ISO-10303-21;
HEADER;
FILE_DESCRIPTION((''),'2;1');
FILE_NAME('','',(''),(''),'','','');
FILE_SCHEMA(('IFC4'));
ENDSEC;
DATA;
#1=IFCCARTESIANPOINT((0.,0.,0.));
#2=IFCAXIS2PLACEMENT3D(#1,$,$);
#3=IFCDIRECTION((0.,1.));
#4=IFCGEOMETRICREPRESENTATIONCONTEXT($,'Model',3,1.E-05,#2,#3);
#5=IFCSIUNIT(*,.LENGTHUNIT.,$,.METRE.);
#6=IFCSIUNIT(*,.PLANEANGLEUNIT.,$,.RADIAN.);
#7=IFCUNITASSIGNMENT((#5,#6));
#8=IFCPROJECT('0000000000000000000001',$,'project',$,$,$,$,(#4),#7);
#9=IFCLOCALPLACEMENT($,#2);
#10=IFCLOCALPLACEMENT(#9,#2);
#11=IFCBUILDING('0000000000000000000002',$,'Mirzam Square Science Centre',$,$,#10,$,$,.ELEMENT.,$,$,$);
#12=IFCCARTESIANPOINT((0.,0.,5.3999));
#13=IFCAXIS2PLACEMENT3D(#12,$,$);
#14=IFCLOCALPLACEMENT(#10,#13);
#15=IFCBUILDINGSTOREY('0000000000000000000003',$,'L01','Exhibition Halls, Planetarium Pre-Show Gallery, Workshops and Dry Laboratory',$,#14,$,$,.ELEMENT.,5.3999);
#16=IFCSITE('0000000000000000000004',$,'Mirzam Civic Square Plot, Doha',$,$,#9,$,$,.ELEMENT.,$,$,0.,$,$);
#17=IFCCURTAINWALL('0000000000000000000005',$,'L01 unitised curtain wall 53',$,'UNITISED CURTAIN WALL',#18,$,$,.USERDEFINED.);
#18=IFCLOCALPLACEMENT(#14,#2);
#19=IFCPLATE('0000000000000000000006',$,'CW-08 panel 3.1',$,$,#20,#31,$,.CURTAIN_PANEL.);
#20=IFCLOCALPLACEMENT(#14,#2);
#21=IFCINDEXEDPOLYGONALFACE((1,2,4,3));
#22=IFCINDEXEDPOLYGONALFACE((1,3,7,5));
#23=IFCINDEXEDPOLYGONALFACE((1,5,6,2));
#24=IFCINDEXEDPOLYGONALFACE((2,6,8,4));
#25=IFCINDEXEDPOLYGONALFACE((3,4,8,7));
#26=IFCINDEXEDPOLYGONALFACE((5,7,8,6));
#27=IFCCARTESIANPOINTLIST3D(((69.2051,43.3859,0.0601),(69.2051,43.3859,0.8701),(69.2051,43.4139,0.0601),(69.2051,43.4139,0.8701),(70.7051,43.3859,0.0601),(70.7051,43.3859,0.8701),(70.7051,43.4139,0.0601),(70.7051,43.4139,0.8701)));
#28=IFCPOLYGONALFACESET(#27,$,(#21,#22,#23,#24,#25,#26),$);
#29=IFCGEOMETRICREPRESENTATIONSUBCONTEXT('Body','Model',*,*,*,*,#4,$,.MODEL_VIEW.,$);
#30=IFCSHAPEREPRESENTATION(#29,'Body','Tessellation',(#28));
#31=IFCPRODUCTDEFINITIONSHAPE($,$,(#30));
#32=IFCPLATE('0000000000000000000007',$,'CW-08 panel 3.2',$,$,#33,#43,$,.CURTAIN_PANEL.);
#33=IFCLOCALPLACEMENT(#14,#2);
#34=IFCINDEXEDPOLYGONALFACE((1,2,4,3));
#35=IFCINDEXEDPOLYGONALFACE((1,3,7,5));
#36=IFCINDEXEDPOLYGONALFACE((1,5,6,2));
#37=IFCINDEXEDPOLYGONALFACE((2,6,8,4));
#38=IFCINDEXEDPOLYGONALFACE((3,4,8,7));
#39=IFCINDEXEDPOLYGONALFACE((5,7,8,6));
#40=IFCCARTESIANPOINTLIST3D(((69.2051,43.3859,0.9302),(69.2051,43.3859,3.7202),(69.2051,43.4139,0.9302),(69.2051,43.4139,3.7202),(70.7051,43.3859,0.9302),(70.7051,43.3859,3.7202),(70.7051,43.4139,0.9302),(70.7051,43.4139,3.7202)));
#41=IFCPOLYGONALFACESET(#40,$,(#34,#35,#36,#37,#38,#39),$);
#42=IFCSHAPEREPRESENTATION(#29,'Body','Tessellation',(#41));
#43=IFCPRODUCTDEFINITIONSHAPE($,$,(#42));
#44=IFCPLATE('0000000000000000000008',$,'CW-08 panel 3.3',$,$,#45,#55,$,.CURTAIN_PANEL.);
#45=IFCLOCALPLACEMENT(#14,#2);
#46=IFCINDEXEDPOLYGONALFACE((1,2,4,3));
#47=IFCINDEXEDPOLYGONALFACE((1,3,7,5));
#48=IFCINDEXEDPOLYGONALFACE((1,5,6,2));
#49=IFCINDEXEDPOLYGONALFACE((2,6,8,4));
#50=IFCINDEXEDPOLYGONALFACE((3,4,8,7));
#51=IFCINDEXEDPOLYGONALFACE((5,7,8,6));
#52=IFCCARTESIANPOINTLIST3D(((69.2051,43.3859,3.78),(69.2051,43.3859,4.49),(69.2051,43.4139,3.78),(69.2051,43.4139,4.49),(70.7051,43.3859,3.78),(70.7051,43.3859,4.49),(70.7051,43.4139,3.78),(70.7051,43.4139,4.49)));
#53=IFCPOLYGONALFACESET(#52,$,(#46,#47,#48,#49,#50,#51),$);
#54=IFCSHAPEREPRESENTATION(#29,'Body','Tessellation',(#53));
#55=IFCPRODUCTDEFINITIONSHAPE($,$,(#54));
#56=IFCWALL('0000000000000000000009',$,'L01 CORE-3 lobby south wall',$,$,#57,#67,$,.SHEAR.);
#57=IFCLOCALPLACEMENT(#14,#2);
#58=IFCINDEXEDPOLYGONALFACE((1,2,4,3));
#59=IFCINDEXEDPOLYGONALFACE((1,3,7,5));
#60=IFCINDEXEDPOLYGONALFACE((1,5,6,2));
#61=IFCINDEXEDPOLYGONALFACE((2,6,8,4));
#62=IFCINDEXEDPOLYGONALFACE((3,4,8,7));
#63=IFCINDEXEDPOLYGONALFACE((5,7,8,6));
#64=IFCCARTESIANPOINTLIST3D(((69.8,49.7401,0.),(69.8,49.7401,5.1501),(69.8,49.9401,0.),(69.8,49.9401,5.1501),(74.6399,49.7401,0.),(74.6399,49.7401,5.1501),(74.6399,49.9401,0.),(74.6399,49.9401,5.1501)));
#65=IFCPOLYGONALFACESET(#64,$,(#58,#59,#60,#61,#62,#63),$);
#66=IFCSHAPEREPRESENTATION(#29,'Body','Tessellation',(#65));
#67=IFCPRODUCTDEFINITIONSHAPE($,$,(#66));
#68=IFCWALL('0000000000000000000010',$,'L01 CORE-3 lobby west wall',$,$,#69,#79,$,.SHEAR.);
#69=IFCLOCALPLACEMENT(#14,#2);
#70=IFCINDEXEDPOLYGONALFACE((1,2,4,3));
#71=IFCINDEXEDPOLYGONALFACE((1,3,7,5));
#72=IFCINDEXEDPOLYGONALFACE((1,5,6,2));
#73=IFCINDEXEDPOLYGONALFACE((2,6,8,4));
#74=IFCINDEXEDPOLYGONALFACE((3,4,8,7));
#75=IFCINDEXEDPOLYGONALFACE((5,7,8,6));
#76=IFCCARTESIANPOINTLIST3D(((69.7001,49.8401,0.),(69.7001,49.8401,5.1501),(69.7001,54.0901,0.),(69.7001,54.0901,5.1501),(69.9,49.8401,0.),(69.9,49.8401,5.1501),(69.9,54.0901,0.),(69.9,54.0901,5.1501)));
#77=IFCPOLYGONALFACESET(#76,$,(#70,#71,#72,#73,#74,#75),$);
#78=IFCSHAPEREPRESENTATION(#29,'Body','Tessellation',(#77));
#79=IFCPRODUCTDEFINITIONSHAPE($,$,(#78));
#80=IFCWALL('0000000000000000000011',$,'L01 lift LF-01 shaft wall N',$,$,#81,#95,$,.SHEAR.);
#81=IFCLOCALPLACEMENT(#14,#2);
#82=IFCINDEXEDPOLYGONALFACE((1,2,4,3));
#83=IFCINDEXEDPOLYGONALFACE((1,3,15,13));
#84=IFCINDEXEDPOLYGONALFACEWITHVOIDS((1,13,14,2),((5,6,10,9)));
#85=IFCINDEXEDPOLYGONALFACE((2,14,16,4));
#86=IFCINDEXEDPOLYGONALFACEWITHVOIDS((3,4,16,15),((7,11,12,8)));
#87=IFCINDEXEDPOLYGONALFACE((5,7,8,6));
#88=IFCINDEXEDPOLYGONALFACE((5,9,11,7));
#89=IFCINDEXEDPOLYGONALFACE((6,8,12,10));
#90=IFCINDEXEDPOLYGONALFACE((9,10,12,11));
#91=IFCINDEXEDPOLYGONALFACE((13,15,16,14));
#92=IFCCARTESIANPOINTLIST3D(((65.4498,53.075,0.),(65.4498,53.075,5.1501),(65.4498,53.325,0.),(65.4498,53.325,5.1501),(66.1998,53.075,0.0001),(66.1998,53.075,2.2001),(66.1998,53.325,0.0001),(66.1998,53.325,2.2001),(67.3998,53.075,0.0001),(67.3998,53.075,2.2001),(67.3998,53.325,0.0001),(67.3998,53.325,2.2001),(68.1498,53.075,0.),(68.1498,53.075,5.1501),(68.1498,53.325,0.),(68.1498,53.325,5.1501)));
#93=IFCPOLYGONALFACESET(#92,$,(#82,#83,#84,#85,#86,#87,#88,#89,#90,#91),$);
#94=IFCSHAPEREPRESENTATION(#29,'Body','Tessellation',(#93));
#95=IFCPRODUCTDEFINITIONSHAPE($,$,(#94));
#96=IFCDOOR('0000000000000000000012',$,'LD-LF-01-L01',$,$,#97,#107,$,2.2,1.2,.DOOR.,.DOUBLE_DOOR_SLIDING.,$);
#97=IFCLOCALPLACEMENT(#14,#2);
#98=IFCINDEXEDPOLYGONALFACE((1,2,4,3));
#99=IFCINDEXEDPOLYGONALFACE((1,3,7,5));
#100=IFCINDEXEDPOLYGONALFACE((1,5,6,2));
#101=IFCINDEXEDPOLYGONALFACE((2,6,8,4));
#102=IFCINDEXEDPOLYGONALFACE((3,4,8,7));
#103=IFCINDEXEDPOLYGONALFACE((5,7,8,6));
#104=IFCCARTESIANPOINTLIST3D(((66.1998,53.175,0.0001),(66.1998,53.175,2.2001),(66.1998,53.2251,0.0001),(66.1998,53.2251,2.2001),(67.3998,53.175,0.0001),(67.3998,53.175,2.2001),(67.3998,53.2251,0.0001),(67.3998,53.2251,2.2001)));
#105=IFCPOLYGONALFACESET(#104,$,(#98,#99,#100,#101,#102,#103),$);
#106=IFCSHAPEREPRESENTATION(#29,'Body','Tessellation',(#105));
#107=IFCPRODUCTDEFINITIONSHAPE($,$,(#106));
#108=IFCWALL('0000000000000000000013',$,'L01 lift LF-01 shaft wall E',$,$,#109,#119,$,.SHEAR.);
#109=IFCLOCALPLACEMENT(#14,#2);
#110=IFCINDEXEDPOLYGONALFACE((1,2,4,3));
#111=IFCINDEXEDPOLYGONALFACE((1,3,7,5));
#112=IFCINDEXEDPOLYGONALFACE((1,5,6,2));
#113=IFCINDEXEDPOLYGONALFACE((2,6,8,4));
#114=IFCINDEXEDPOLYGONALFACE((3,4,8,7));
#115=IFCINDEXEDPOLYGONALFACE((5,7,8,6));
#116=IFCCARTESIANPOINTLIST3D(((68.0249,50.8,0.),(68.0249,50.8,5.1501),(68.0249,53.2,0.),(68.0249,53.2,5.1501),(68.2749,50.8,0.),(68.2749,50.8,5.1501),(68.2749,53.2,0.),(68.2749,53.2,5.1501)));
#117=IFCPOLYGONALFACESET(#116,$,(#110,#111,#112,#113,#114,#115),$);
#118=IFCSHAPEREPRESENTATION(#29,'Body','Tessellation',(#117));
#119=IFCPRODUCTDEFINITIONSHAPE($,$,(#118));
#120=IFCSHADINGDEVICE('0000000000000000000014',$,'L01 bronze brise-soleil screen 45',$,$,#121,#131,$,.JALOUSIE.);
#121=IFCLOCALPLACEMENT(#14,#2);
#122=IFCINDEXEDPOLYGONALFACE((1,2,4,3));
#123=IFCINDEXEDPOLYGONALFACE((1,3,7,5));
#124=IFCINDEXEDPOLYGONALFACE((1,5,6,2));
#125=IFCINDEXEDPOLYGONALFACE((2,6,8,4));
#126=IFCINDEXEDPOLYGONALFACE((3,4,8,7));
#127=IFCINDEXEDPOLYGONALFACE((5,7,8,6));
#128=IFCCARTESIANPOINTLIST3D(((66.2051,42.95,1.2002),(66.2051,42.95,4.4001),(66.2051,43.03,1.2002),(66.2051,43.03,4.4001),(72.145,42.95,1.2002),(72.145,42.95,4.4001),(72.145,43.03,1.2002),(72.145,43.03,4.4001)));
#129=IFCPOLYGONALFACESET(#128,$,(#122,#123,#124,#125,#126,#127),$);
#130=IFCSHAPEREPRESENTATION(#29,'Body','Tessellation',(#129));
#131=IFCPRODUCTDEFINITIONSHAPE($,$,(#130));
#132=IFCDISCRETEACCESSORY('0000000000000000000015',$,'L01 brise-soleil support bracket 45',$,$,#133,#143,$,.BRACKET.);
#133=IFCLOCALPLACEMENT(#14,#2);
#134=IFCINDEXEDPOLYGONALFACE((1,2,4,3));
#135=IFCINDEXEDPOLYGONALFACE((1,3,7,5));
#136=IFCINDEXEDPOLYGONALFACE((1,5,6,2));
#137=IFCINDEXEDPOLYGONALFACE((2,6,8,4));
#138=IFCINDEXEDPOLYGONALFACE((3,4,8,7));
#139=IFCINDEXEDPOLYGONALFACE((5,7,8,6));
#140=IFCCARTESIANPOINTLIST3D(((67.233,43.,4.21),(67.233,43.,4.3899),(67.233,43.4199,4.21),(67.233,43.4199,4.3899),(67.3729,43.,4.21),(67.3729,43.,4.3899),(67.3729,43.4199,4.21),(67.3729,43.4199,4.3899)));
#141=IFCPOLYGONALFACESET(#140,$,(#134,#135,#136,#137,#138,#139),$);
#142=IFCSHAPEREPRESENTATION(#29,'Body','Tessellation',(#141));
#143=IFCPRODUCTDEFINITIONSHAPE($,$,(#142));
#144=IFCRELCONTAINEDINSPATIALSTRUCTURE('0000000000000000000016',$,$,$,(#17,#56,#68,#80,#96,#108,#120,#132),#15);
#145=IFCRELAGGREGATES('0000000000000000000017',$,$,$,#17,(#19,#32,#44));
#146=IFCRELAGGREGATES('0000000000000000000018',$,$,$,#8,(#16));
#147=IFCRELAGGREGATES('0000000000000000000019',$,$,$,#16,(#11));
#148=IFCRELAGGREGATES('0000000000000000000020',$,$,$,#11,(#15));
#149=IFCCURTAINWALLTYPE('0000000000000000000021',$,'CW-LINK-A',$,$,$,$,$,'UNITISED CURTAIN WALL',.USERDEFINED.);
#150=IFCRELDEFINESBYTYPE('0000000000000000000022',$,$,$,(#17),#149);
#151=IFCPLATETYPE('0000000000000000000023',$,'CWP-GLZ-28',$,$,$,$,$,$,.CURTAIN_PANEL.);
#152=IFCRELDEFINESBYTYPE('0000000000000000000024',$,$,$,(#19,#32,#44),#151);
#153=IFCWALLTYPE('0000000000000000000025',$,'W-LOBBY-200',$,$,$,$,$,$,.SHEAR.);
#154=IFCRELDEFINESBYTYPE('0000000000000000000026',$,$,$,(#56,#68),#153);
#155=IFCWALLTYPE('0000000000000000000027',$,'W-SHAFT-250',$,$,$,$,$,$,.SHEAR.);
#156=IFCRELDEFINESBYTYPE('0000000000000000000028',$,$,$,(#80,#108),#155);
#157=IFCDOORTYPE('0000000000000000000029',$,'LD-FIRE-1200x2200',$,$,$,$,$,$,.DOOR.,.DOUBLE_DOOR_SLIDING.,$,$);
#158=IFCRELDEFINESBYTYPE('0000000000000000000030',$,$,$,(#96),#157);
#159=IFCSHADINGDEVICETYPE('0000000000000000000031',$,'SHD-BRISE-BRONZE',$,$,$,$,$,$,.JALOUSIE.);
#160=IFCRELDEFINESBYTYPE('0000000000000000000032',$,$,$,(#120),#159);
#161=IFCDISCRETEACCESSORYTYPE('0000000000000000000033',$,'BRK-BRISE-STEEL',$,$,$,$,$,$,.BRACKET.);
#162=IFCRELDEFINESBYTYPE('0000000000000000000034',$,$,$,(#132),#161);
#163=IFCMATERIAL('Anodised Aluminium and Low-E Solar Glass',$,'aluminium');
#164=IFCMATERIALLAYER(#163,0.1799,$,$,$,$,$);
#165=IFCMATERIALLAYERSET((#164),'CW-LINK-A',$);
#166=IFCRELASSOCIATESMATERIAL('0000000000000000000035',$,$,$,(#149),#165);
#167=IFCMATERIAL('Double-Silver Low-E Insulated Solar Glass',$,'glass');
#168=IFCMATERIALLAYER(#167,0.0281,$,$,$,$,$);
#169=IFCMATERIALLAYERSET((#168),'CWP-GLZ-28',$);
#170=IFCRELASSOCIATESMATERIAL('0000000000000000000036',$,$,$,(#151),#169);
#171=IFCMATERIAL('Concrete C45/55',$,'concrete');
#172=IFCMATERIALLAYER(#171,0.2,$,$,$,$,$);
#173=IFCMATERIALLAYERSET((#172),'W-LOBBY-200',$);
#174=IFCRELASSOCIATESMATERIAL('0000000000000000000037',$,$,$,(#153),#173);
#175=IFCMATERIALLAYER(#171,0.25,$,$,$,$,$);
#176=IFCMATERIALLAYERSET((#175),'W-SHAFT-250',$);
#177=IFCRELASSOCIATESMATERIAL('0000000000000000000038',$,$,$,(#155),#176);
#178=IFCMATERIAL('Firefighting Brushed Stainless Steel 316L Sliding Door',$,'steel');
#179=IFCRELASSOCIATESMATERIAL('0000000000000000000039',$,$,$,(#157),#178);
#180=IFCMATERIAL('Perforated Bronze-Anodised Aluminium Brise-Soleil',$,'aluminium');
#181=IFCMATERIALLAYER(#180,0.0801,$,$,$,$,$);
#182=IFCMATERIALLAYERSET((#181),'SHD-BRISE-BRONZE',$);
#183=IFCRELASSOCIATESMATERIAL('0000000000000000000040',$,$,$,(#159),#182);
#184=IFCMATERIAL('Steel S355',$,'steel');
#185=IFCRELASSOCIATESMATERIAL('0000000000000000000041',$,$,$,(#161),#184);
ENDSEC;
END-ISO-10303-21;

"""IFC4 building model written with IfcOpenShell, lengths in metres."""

from ifc_helpers import new_model, si_unit, direction, frame, frame_2d, origin, origin_2d, place, context, subcontext, project, spatial, rectangle, extrude, material, layer, layer_set, type_object, element, fill, aggregate, save


model = new_model("IFC4")

# Units and contexts
model_context = context("Model", 3, precision=1e-05, world=origin(), true_north=direction((0.0, 1.0)))
body_context = subcontext(model_context, "Body", "Model", "MODEL_VIEW")
ifc_project = project(units=[si_unit("LENGTHUNIT", "METRE"), si_unit("PLANEANGLEUNIT", "RADIAN")], contexts=[model_context])

# Site, building, storey
site_placement = place(None, origin())
site = spatial("IfcSite", under=ifc_project, at=site_placement, Name="Mirzam Civic Square Plot, Doha", CompositionType="ELEMENT", RefElevation=0.0)
building_placement = place(site_placement, origin())
building = spatial("IfcBuilding", under=site, at=building_placement, Name="Mirzam Square Science Centre", CompositionType="ELEMENT")
storey_placement = place(building_placement, frame((0.0, 0.0, 5.3999)))
storey = spatial("IfcBuildingStorey", under=building, at=storey_placement, Name="L01", Description="Exhibition Halls, Planetarium Pre-Show Gallery, Workshops and Dry Laboratory", CompositionType="ELEMENT", Elevation=5.3999)

# Curtain wall, plates
ifc_material_1 = material(Name="Anodised Aluminium and Low-E Solar Glass", Category="aluminium")
ifc_layer_1 = layer(ifc_material_1, 0.1799)
ifc_layer_set_1 = layer_set([ifc_layer_1], Name="CW-LINK-A")
curtain_wall_type = type_object("IfcCurtainWallType", Name="CW-LINK-A", ElementType="UNITISED CURTAIN WALL", PredefinedType="USERDEFINED", material=ifc_layer_set_1)
curtain_wall_placement = place(storey_placement, origin())
curtain_wall = element("IfcCurtainWall", 1, at=curtain_wall_placement, inside=storey, type_object=curtain_wall_type, Name="L01 unitised curtain wall 53", ObjectType="UNITISED CURTAIN WALL", PredefinedType="USERDEFINED")
ifc_material_2 = material(Name="Double-Silver Low-E Insulated Solar Glass", Category="glass")
ifc_layer_2 = layer(ifc_material_2, 0.0281)
ifc_layer_set_2 = layer_set([ifc_layer_2], Name="CWP-GLZ-28")
plate_type = type_object("IfcPlateType", Name="CWP-GLZ-28", PredefinedType="CURTAIN_PANEL", material=ifc_layer_set_2)
plate_1_placement = place(storey_placement, frame((69.9551, 43.3999, 0.0601), z_axis=(0.0, 0.0, 1.0), x_axis=(1.0, 0.0, 0.0)))
plate_1 = element("IfcPlate", 2, at=plate_1_placement, type_object=plate_type, Name="CW-08 panel 3.1", PredefinedType="CURTAIN_PANEL", context=body_context, shape_type="SweptSolid", body=[
    extrude(rectangle(XDim=1.5, YDim=0.0281, at=origin_2d()), origin(), (0.0, 0.0, 1.0), 0.8101),
])
plate_2_placement = place(storey_placement, frame((69.9551, 43.3999, 0.9302), z_axis=(0.0, 0.0, 1.0), x_axis=(1.0, 0.0, 0.0)))
plate_2 = element("IfcPlate", 3, at=plate_2_placement, type_object=plate_type, Name="CW-08 panel 3.2", PredefinedType="CURTAIN_PANEL", context=body_context, shape_type="SweptSolid", body=[
    extrude(rectangle(XDim=1.5, YDim=0.0281, at=origin_2d()), origin(), (0.0, 0.0, 1.0), 2.79),
])
plate_3_placement = place(storey_placement, frame((69.9551, 43.3999, 3.78), z_axis=(0.0, 0.0, 1.0), x_axis=(1.0, 0.0, 0.0)))
plate_3 = element("IfcPlate", 4, at=plate_3_placement, type_object=plate_type, Name="CW-08 panel 3.3", PredefinedType="CURTAIN_PANEL", context=body_context, shape_type="SweptSolid", body=[
    extrude(rectangle(XDim=1.5, YDim=0.0281, at=origin_2d()), origin(), (0.0, 0.0, 1.0), 0.71),
])
aggregate(curtain_wall, [plate_1, plate_2, plate_3])

# Walls
ifc_material_3 = material(Name="Concrete C45/55", Category="concrete")
ifc_layer_3 = layer(ifc_material_3, 0.2)
ifc_layer_set_3 = layer_set([ifc_layer_3], Name="W-LOBBY-200")
wall_type_1 = type_object("IfcWallType", Name="W-LOBBY-200", PredefinedType="SHEAR", material=ifc_layer_set_3)
wall_1_placement = place(storey_placement, frame((69.8, 49.8401, 0.0), z_axis=(0.0, 0.0, 1.0), x_axis=(1.0, 0.0, 0.0)))
element("IfcWall", 5, at=wall_1_placement, inside=storey, type_object=wall_type_1, Name="L01 CORE-3 lobby south wall", PredefinedType="SHEAR", context=body_context, shape_type="SweptSolid", body=[
    extrude(rectangle(XDim=4.8398, YDim=0.2, at=frame_2d((2.4199, 0.0))), origin(), (0.0, 0.0, 1.0), 5.1501),
])
wall_2_placement = place(storey_placement, frame((69.8, 54.0901, 0.0), z_axis=(0.0, 0.0, 1.0), x_axis=(0.0, -1.0, 0.0)))
element("IfcWall", 6, at=wall_2_placement, inside=storey, type_object=wall_type_1, Name="L01 CORE-3 lobby west wall", PredefinedType="SHEAR", context=body_context, shape_type="SweptSolid", body=[
    extrude(rectangle(XDim=4.25, YDim=0.2, at=frame_2d((2.125, 0.0))), origin(), (0.0, 0.0, 1.0), 5.1501),
])

# Wall, opening, door
ifc_layer_4 = layer(ifc_material_3, 0.25)
ifc_layer_set_4 = layer_set([ifc_layer_4], Name="W-SHAFT-250")
wall_type_2 = type_object("IfcWallType", Name="W-SHAFT-250", PredefinedType="SHEAR", material=ifc_layer_set_4)
wall_3_placement = place(storey_placement, frame((68.1499, 53.2, 0.0), z_axis=(0.0, 0.0, 1.0), x_axis=(-1.0, 0.0, 0.0)))
wall_3 = element("IfcWall", 7, at=wall_3_placement, inside=storey, type_object=wall_type_2, Name="L01 lift LF-01 shaft wall N", PredefinedType="SHEAR", context=body_context, shape_type="SweptSolid", body=[
    extrude(rectangle(XDim=2.7, YDim=0.25, at=frame_2d((1.3501, 0.0))), origin(), (0.0, 0.0, 1.0), 5.1501),
])
opening_placement = place(wall_3_placement, frame((0.75, 0.0, 0.0)))
opening = element("IfcOpeningElement", 8, at=opening_placement, cuts=wall_3, PredefinedType="OPENING", context=body_context, shape_type="SweptSolid", body=[
    extrude(rectangle(XDim=1.2, YDim=2.2, at=frame_2d((0.6001, 1.1001))), frame((0.0, 0.135, 0.0), z_axis=(0.0, -1.0, 0.0), x_axis=(1.0, 0.0, 0.0)), (0.0, 0.0, 1.0), 0.27),
])
ifc_material_4 = material(Name="Firefighting Brushed Stainless Steel 316L Sliding Door", Category="steel")
door_type = type_object("IfcDoorType", Name="LD-FIRE-1200x2200", OperationType="DOUBLE_DOOR_SLIDING", PredefinedType="DOOR", material=ifc_material_4)
door_placement = place(opening_placement, origin())
door = element("IfcDoor", 9, at=door_placement, inside=storey, type_object=door_type, Name="LD-LF-01-L01", OperationType="DOUBLE_DOOR_SLIDING", OverallHeight=2.2, OverallWidth=1.2, PredefinedType="DOOR", context=body_context, shape_type="SweptSolid", body=[
    extrude(rectangle(XDim=1.2, YDim=2.2, at=frame_2d((0.6001, 1.1001))), frame((0.0, 0.0249, 0.0), z_axis=(0.0, -1.0, 0.0), x_axis=(1.0, 0.0, 0.0)), (0.0, 0.0, 1.0), 0.05),
])
fill(opening, door)

# Wall
wall_4_placement = place(storey_placement, frame((68.1499, 50.8, 0.0), z_axis=(0.0, 0.0, 1.0), x_axis=(0.0, 1.0, 0.0)))
element("IfcWall", 10, at=wall_4_placement, inside=storey, type_object=wall_type_2, Name="L01 lift LF-01 shaft wall E", PredefinedType="SHEAR", context=body_context, shape_type="SweptSolid", body=[
    extrude(rectangle(XDim=2.3999, YDim=0.25, at=frame_2d((1.2, 0.0))), origin(), (0.0, 0.0, 1.0), 5.1501),
])

# Shading device
ifc_material_5 = material(Name="Perforated Bronze-Anodised Aluminium Brise-Soleil", Category="aluminium")
ifc_layer_5 = layer(ifc_material_5, 0.0801)
ifc_layer_set_5 = layer_set([ifc_layer_5], Name="SHD-BRISE-BRONZE")
shading_device_type = type_object("IfcShadingDeviceType", Name="SHD-BRISE-BRONZE", PredefinedType="JALOUSIE", material=ifc_layer_set_5)
shading_device_placement = place(storey_placement, frame((69.175, 42.99, 1.2002), z_axis=(0.0, 0.0, 1.0), x_axis=(1.0, 0.0, 0.0)))
element("IfcShadingDevice", 11, at=shading_device_placement, inside=storey, type_object=shading_device_type, Name="L01 bronze brise-soleil screen 45", PredefinedType="JALOUSIE", context=body_context, shape_type="SweptSolid", body=[
    extrude(rectangle(XDim=5.9399, YDim=0.0801, at=origin_2d()), origin(), (0.0, 0.0, 1.0), 3.2),
])

# Discrete accessory
ifc_material_6 = material(Name="Steel S355", Category="steel")
discrete_accessory_type = type_object("IfcDiscreteAccessoryType", Name="BRK-BRISE-STEEL", PredefinedType="BRACKET", material=ifc_material_6)
discrete_accessory_placement = place(storey_placement, frame((67.303, 43.21, 4.21), z_axis=(0.0, 0.0, 1.0), x_axis=(1.0, 0.0, 0.0)))
element("IfcDiscreteAccessory", 12, at=discrete_accessory_placement, inside=storey, type_object=discrete_accessory_type, Name="L01 brise-soleil support bracket 45", PredefinedType="BRACKET", context=body_context, shape_type="SweptSolid", body=[
    extrude(rectangle(XDim=0.1399, YDim=0.4199, at=origin_2d()), origin(), (0.0, 0.0, 1.0), 0.1799),
])

save(model, "model.ifc")
